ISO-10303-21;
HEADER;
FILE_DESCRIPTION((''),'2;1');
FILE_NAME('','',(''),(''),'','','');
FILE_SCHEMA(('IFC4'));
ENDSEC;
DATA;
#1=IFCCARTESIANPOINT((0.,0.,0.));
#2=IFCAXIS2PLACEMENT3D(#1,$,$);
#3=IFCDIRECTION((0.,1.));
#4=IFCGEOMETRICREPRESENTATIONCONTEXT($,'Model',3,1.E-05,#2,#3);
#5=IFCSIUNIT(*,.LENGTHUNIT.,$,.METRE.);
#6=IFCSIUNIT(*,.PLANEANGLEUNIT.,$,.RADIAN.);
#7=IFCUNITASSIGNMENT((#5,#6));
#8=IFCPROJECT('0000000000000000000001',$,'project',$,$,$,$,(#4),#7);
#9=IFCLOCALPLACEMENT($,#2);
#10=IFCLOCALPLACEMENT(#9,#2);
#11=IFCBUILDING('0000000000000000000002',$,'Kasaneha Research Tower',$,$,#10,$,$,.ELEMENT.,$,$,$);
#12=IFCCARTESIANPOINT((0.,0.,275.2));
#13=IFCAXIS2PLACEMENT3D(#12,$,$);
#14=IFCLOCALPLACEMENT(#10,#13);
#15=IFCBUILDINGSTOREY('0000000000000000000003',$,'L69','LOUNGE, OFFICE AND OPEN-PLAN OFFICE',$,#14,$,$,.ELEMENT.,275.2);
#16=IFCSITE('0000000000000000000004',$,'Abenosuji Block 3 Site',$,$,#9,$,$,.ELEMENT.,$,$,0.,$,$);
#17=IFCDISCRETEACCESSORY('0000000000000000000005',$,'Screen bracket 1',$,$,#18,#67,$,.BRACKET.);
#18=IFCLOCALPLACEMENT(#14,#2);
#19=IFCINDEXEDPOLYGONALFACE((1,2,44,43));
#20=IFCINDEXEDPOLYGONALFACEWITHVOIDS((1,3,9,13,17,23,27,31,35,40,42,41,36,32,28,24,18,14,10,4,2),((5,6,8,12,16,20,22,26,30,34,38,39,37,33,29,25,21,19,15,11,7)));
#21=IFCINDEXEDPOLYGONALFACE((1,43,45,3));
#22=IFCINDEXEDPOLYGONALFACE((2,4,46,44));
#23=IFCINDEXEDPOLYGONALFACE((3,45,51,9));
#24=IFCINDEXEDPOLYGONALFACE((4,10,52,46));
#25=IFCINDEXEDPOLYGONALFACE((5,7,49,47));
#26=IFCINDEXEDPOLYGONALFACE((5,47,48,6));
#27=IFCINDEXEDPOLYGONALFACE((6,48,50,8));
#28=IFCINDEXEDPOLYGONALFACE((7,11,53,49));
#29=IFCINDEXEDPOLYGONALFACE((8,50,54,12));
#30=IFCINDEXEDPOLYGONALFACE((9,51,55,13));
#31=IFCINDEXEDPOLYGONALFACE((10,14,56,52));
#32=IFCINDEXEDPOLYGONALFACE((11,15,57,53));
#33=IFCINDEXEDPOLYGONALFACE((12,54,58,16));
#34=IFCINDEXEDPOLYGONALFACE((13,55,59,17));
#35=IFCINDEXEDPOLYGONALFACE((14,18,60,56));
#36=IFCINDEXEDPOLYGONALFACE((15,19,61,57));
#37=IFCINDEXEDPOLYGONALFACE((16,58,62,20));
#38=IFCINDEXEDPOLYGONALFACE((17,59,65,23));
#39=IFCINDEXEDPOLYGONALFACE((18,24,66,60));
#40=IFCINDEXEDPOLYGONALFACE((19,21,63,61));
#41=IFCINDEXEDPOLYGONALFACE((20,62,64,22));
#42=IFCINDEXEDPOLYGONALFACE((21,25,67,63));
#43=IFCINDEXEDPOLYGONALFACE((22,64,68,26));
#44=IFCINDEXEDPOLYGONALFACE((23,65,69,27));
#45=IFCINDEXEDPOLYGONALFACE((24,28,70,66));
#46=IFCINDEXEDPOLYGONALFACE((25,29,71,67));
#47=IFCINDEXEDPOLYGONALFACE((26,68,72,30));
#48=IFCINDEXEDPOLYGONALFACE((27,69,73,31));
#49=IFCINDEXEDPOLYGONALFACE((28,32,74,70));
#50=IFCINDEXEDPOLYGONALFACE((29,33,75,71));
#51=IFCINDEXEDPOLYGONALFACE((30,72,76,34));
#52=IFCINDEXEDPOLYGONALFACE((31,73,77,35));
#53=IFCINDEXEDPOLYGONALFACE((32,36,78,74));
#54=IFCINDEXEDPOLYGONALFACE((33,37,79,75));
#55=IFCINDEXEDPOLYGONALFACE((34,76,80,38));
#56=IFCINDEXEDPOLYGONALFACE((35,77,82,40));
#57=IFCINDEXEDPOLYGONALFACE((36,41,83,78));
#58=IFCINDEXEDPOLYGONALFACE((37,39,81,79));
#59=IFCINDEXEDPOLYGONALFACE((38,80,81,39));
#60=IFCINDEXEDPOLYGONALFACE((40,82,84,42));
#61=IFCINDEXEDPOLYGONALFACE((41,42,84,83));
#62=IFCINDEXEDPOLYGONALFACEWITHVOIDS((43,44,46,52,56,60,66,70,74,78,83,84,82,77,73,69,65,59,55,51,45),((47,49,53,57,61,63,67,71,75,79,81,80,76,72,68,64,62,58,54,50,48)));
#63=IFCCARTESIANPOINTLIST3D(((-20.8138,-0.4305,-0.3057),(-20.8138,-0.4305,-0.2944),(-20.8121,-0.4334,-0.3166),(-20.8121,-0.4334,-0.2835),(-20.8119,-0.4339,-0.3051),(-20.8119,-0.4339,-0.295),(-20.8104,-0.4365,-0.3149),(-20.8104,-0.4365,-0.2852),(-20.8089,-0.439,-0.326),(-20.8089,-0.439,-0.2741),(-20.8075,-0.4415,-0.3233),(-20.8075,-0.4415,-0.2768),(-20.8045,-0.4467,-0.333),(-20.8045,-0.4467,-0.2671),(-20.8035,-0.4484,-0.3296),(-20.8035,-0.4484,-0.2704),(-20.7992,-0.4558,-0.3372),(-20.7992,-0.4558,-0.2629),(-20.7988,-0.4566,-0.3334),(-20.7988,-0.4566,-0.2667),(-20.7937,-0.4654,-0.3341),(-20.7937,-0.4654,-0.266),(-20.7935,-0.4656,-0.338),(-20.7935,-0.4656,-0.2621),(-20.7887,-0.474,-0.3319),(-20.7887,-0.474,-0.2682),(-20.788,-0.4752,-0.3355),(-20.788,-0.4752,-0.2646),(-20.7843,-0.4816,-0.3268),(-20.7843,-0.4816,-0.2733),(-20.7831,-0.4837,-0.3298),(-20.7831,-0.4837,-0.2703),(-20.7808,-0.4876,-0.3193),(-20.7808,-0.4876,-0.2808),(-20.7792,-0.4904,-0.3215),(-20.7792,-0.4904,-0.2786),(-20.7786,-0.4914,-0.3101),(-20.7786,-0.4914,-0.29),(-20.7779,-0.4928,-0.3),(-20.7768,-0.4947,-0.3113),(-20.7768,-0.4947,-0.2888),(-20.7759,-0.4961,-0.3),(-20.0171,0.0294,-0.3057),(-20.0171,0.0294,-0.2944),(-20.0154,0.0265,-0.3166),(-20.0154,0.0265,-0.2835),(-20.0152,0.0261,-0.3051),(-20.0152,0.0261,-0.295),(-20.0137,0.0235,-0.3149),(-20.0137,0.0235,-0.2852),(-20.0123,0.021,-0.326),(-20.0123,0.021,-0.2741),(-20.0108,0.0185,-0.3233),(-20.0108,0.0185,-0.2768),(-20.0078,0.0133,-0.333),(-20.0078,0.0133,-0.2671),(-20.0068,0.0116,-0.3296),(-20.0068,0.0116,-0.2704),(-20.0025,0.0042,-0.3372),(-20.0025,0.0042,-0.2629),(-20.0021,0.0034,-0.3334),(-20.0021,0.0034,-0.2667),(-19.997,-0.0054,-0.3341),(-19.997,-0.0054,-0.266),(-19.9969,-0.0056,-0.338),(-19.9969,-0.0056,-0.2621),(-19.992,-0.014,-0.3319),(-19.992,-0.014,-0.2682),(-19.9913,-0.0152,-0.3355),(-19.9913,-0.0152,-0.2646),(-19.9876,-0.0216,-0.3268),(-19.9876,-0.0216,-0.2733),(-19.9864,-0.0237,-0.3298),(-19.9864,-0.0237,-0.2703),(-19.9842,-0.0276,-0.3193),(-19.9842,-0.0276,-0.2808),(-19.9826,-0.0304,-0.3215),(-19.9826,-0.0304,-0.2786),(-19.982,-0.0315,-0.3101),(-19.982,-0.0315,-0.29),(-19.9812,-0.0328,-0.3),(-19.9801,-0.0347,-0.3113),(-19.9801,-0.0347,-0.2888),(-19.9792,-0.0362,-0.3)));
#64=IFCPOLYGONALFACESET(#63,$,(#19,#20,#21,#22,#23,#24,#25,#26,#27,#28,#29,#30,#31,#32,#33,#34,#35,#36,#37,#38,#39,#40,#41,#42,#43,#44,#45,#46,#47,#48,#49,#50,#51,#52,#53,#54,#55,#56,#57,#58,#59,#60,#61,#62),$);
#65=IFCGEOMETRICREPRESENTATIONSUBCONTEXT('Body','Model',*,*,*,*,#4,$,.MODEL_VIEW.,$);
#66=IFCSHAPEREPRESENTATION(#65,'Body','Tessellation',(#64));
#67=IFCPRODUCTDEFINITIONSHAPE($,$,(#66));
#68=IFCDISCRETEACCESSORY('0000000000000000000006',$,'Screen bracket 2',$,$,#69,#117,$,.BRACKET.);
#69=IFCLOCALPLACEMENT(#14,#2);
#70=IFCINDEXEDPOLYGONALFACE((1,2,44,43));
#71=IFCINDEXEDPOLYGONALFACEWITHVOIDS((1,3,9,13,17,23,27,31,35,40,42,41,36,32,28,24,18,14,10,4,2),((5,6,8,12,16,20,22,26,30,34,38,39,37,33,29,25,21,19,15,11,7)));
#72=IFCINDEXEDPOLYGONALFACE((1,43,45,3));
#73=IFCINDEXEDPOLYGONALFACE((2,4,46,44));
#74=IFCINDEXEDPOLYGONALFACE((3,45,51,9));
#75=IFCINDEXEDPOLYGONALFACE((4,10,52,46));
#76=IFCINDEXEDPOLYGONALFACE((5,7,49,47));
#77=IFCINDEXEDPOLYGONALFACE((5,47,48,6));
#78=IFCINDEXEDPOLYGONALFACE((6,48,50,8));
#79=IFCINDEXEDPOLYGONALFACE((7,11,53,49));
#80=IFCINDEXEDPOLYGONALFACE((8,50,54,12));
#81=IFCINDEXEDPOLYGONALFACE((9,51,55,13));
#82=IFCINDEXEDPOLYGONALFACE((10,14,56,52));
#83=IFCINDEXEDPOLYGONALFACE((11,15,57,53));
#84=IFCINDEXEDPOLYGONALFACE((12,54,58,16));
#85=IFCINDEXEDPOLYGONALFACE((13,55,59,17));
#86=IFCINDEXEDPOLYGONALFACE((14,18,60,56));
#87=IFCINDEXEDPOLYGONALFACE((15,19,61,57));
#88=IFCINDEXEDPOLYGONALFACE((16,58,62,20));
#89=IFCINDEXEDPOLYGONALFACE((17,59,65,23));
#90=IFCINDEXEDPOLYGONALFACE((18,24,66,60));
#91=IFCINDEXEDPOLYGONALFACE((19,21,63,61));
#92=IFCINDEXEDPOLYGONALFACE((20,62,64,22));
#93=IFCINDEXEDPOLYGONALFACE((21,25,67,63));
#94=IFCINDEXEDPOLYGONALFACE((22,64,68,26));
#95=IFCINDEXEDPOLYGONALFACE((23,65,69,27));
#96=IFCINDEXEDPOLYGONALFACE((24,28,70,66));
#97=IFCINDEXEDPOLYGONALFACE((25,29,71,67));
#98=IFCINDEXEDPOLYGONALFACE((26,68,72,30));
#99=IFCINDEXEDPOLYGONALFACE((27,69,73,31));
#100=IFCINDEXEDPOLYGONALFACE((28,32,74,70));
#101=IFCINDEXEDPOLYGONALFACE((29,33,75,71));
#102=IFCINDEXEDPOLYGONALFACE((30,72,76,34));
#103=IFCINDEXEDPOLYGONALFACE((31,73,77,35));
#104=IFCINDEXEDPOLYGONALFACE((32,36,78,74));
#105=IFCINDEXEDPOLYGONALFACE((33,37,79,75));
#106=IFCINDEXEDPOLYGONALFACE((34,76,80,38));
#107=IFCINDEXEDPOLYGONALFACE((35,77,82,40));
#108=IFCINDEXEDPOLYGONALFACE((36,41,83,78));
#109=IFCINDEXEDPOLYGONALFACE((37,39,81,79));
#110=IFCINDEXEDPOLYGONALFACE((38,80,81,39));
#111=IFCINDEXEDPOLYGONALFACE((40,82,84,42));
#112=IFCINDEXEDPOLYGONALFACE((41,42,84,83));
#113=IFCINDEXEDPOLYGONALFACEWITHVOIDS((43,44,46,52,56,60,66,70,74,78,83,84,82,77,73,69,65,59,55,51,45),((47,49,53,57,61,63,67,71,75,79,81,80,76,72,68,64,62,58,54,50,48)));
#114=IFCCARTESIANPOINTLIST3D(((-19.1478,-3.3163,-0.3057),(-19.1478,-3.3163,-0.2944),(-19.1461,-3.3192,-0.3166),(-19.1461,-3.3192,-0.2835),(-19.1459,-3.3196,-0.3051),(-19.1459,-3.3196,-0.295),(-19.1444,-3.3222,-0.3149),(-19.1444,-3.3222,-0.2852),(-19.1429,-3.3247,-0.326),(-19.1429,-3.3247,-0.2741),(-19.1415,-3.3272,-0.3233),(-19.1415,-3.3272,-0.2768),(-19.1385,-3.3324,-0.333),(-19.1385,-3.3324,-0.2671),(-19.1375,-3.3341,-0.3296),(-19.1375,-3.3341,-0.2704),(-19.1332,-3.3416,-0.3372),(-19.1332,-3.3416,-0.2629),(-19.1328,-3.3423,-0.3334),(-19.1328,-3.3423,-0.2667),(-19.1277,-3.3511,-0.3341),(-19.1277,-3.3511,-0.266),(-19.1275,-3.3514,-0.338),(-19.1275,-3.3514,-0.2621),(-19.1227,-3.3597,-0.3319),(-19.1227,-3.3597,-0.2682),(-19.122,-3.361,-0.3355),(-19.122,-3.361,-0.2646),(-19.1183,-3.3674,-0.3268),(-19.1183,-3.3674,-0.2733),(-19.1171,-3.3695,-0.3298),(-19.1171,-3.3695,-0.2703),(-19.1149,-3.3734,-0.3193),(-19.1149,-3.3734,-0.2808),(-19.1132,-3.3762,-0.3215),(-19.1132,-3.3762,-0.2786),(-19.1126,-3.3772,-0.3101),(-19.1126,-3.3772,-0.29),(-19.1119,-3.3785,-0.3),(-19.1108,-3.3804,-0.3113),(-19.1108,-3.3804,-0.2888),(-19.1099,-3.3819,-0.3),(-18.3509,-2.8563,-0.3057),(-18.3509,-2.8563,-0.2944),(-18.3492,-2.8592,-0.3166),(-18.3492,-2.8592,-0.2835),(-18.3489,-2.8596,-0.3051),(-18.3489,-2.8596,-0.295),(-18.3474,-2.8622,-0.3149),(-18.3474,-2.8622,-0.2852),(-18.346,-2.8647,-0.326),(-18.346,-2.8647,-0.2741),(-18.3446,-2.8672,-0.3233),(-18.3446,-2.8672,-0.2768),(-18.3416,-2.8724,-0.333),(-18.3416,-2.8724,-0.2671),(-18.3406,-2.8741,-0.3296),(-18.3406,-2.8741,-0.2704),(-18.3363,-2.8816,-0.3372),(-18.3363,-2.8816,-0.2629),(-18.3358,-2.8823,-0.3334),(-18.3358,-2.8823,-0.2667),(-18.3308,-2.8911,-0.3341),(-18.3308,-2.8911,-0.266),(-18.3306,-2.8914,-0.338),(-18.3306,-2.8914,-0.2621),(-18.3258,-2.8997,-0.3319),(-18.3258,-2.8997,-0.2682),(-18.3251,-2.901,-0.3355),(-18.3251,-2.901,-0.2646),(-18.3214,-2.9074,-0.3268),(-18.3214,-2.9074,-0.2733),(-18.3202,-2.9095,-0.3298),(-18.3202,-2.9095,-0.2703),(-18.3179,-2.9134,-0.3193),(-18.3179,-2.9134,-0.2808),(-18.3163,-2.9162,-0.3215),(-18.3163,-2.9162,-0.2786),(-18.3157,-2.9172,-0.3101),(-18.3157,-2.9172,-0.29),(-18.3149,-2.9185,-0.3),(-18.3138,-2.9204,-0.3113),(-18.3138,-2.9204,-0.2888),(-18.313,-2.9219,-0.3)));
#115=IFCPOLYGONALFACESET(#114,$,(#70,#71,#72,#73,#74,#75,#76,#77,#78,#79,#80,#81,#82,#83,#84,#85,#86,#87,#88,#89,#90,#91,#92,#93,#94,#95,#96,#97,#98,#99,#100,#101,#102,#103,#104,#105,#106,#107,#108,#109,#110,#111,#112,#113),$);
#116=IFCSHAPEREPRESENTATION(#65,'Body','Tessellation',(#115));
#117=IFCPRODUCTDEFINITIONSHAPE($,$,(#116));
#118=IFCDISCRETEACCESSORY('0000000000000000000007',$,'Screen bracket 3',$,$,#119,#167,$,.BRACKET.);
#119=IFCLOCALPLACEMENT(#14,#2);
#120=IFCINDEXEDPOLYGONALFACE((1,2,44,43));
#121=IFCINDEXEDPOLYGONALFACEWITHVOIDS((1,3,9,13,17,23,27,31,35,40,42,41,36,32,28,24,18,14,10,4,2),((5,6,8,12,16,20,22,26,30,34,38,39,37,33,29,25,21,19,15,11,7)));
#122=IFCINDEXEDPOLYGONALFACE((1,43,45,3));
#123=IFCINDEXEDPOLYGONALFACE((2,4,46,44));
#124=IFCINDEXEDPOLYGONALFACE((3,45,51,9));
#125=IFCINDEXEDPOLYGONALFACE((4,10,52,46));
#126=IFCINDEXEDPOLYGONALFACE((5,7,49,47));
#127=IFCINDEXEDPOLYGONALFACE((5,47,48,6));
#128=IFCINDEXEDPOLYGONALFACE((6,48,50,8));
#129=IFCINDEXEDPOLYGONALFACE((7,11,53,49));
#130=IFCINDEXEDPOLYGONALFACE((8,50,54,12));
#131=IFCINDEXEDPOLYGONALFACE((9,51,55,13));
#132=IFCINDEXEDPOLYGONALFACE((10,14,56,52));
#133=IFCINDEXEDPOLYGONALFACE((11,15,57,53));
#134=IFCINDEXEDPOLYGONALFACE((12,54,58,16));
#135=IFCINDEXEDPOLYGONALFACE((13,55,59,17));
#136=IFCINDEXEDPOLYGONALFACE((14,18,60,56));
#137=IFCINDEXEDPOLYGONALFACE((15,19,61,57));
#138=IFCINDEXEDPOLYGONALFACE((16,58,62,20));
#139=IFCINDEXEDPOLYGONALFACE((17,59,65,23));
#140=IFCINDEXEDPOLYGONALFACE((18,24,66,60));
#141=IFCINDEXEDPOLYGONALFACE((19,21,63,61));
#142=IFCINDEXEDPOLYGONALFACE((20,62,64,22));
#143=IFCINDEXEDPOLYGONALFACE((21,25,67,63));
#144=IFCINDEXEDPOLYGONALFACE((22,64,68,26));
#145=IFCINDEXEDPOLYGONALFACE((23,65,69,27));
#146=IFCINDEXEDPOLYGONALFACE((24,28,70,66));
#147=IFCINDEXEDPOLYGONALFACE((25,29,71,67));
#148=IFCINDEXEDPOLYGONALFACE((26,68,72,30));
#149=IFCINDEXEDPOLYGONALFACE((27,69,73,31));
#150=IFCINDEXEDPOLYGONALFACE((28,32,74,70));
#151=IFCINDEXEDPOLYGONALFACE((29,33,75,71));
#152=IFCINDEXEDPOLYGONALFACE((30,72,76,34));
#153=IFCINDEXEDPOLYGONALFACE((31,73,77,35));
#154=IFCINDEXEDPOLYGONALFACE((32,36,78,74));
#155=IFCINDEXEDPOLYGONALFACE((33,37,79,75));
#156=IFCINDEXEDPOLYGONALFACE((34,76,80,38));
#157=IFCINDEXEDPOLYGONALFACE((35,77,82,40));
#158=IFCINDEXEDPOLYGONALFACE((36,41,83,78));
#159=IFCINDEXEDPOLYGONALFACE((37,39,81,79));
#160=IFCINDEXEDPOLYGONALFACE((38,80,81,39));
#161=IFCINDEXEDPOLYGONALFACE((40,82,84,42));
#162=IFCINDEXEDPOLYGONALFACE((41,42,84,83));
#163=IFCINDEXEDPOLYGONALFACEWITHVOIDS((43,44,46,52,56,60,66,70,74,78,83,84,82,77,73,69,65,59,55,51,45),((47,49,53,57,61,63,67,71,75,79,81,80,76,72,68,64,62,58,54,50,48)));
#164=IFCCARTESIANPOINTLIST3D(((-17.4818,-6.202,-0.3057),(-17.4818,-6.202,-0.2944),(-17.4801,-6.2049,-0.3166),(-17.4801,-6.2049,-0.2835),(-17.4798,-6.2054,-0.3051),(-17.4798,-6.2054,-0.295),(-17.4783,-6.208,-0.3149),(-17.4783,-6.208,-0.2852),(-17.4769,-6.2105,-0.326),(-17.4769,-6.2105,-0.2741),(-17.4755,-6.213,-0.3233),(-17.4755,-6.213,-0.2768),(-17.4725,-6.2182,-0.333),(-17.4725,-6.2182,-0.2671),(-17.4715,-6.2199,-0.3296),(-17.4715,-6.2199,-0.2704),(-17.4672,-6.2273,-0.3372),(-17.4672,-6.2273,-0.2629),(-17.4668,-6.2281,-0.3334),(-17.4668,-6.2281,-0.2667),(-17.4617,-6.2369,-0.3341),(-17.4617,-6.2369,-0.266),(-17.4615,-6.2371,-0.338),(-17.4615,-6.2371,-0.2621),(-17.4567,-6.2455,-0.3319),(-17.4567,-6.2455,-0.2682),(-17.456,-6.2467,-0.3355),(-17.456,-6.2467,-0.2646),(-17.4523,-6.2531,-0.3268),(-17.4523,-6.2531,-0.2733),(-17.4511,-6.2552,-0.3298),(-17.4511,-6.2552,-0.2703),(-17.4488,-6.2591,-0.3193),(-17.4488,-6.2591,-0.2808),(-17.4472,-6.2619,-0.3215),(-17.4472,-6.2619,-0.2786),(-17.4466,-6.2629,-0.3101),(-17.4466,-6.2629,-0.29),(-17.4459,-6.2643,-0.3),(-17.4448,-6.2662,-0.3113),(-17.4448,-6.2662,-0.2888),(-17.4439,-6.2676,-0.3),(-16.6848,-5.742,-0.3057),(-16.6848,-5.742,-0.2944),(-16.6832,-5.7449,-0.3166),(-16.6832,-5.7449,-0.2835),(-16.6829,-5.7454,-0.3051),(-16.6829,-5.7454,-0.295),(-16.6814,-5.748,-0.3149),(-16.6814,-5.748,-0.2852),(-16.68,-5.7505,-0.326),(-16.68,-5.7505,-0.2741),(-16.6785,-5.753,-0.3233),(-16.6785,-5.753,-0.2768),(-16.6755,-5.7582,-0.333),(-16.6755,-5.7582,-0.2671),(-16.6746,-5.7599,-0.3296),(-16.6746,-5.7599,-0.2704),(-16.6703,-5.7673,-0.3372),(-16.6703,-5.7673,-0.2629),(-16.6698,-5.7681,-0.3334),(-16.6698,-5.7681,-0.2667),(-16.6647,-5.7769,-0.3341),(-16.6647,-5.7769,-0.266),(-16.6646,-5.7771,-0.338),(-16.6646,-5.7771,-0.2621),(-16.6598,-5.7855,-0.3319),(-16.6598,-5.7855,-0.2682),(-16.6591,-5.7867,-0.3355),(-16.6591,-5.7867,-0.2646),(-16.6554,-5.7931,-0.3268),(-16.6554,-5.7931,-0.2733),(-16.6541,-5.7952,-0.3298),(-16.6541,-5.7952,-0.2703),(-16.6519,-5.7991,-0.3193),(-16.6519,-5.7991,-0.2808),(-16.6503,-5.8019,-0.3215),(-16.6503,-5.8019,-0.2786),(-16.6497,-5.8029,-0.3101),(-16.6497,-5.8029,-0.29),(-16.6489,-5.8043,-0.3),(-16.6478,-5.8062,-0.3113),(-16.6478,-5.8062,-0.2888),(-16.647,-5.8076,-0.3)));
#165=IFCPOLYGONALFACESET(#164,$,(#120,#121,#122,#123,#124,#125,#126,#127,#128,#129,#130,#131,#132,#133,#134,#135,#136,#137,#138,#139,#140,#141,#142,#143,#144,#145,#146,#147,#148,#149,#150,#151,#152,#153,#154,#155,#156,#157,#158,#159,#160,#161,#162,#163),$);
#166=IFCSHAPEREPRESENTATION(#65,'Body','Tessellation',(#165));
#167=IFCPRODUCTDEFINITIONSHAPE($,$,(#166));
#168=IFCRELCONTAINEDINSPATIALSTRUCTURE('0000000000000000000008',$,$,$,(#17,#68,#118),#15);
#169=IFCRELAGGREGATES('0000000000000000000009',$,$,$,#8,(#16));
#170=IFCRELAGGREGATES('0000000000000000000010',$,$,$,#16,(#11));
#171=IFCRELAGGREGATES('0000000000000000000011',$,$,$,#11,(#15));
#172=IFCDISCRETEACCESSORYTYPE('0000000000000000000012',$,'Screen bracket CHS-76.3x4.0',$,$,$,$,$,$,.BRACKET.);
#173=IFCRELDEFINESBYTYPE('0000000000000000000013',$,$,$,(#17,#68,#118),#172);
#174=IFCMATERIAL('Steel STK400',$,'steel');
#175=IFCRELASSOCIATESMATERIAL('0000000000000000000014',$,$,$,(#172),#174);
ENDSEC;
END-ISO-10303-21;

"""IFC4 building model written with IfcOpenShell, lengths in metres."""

from ifc_helpers import new_model, si_unit, direction, frame, origin, origin_2d, place, context, subcontext, project, spatial, hollow_circle, extrude, material, material_profile, profile_set, type_object, element, save


model = new_model("IFC4")

# Units and contexts
model_context = context("Model", 3, precision=1e-05, world=origin(), true_north=direction((0.0, 1.0)))
body_context = subcontext(model_context, "Body", "Model", "MODEL_VIEW")
ifc_project = project(units=[si_unit("LENGTHUNIT", "METRE"), si_unit("PLANEANGLEUNIT", "RADIAN")], contexts=[model_context])

# Site, building, storey
site_placement = place(None, origin())
site = spatial("IfcSite", under=ifc_project, at=site_placement, Name="Abenosuji Block 3 Site", CompositionType="ELEMENT", RefElevation=0.0)
building_placement = place(site_placement, origin())
building = spatial("IfcBuilding", under=site, at=building_placement, Name="Kasaneha Research Tower", CompositionType="ELEMENT")
storey_placement = place(building_placement, frame((0.0, 0.0, 275.2)))
storey = spatial("IfcBuildingStorey", under=building, at=storey_placement, Name="L69", Description="LOUNGE, OFFICE AND OPEN-PLAN OFFICE", CompositionType="ELEMENT", Elevation=275.2)

# Discrete accessories
ifc_material_1 = material(Name="Steel STK400", Category="steel")
ifc_material_profile_1 = material_profile(ifc_material_1, hollow_circle(Radius=0.0381, WallThickness=0.0039, at=origin_2d()), Name="CHS-76.3x4.0")
ifc_profile_set_1 = profile_set([ifc_material_profile_1], Name="Steel STK400")
discrete_accessory_type = type_object("IfcDiscreteAccessoryType", Name="Screen bracket CHS-76.3x4.0", PredefinedType="BRACKET", material=ifc_profile_set_1)
discrete_accessory_placement = place(storey_placement, frame((-19.9983, -0.0032, -0.3), z_axis=(-0.866013, -0.500021, 0.0), x_axis=(0.500021, -0.866013, 0.0)))
element("IfcDiscreteAccessory", 1, at=discrete_accessory_placement, inside=storey, type_object=discrete_accessory_type, Name="Screen bracket 1", PredefinedType="BRACKET", context=body_context, shape_type="SweptSolid", body=[
    extrude(hollow_circle(Radius=0.0381, WallThickness=0.0039, at=origin_2d()), origin(), (0.0, 0.0, 1.0), 0.9199),
])
for number, where, z_axis, x_axis, name in (
    (2, (-18.332, -2.8889, -0.3), (-0.86608, -0.499906, 0.0), (0.499906, -0.86608, 0.0), "Screen bracket 2"),
    (3, (-16.666, -5.7747, -0.3), (-0.86608, -0.499906, 0.0), (0.499906, -0.86608, 0.0), "Screen bracket 3"),
):
    element("IfcDiscreteAccessory", number, at=place(storey_placement, frame(where, z_axis=z_axis, x_axis=x_axis)), inside=storey, type_object=discrete_accessory_type, Name=name, PredefinedType="BRACKET", context=body_context, shape_type="SweptSolid", body=[
        extrude(hollow_circle(Radius=0.0381, WallThickness=0.0039, at=origin_2d()), origin(), (0.0, 0.0, 1.0), 0.9202),
    ])

save(model, "model.ifc")
